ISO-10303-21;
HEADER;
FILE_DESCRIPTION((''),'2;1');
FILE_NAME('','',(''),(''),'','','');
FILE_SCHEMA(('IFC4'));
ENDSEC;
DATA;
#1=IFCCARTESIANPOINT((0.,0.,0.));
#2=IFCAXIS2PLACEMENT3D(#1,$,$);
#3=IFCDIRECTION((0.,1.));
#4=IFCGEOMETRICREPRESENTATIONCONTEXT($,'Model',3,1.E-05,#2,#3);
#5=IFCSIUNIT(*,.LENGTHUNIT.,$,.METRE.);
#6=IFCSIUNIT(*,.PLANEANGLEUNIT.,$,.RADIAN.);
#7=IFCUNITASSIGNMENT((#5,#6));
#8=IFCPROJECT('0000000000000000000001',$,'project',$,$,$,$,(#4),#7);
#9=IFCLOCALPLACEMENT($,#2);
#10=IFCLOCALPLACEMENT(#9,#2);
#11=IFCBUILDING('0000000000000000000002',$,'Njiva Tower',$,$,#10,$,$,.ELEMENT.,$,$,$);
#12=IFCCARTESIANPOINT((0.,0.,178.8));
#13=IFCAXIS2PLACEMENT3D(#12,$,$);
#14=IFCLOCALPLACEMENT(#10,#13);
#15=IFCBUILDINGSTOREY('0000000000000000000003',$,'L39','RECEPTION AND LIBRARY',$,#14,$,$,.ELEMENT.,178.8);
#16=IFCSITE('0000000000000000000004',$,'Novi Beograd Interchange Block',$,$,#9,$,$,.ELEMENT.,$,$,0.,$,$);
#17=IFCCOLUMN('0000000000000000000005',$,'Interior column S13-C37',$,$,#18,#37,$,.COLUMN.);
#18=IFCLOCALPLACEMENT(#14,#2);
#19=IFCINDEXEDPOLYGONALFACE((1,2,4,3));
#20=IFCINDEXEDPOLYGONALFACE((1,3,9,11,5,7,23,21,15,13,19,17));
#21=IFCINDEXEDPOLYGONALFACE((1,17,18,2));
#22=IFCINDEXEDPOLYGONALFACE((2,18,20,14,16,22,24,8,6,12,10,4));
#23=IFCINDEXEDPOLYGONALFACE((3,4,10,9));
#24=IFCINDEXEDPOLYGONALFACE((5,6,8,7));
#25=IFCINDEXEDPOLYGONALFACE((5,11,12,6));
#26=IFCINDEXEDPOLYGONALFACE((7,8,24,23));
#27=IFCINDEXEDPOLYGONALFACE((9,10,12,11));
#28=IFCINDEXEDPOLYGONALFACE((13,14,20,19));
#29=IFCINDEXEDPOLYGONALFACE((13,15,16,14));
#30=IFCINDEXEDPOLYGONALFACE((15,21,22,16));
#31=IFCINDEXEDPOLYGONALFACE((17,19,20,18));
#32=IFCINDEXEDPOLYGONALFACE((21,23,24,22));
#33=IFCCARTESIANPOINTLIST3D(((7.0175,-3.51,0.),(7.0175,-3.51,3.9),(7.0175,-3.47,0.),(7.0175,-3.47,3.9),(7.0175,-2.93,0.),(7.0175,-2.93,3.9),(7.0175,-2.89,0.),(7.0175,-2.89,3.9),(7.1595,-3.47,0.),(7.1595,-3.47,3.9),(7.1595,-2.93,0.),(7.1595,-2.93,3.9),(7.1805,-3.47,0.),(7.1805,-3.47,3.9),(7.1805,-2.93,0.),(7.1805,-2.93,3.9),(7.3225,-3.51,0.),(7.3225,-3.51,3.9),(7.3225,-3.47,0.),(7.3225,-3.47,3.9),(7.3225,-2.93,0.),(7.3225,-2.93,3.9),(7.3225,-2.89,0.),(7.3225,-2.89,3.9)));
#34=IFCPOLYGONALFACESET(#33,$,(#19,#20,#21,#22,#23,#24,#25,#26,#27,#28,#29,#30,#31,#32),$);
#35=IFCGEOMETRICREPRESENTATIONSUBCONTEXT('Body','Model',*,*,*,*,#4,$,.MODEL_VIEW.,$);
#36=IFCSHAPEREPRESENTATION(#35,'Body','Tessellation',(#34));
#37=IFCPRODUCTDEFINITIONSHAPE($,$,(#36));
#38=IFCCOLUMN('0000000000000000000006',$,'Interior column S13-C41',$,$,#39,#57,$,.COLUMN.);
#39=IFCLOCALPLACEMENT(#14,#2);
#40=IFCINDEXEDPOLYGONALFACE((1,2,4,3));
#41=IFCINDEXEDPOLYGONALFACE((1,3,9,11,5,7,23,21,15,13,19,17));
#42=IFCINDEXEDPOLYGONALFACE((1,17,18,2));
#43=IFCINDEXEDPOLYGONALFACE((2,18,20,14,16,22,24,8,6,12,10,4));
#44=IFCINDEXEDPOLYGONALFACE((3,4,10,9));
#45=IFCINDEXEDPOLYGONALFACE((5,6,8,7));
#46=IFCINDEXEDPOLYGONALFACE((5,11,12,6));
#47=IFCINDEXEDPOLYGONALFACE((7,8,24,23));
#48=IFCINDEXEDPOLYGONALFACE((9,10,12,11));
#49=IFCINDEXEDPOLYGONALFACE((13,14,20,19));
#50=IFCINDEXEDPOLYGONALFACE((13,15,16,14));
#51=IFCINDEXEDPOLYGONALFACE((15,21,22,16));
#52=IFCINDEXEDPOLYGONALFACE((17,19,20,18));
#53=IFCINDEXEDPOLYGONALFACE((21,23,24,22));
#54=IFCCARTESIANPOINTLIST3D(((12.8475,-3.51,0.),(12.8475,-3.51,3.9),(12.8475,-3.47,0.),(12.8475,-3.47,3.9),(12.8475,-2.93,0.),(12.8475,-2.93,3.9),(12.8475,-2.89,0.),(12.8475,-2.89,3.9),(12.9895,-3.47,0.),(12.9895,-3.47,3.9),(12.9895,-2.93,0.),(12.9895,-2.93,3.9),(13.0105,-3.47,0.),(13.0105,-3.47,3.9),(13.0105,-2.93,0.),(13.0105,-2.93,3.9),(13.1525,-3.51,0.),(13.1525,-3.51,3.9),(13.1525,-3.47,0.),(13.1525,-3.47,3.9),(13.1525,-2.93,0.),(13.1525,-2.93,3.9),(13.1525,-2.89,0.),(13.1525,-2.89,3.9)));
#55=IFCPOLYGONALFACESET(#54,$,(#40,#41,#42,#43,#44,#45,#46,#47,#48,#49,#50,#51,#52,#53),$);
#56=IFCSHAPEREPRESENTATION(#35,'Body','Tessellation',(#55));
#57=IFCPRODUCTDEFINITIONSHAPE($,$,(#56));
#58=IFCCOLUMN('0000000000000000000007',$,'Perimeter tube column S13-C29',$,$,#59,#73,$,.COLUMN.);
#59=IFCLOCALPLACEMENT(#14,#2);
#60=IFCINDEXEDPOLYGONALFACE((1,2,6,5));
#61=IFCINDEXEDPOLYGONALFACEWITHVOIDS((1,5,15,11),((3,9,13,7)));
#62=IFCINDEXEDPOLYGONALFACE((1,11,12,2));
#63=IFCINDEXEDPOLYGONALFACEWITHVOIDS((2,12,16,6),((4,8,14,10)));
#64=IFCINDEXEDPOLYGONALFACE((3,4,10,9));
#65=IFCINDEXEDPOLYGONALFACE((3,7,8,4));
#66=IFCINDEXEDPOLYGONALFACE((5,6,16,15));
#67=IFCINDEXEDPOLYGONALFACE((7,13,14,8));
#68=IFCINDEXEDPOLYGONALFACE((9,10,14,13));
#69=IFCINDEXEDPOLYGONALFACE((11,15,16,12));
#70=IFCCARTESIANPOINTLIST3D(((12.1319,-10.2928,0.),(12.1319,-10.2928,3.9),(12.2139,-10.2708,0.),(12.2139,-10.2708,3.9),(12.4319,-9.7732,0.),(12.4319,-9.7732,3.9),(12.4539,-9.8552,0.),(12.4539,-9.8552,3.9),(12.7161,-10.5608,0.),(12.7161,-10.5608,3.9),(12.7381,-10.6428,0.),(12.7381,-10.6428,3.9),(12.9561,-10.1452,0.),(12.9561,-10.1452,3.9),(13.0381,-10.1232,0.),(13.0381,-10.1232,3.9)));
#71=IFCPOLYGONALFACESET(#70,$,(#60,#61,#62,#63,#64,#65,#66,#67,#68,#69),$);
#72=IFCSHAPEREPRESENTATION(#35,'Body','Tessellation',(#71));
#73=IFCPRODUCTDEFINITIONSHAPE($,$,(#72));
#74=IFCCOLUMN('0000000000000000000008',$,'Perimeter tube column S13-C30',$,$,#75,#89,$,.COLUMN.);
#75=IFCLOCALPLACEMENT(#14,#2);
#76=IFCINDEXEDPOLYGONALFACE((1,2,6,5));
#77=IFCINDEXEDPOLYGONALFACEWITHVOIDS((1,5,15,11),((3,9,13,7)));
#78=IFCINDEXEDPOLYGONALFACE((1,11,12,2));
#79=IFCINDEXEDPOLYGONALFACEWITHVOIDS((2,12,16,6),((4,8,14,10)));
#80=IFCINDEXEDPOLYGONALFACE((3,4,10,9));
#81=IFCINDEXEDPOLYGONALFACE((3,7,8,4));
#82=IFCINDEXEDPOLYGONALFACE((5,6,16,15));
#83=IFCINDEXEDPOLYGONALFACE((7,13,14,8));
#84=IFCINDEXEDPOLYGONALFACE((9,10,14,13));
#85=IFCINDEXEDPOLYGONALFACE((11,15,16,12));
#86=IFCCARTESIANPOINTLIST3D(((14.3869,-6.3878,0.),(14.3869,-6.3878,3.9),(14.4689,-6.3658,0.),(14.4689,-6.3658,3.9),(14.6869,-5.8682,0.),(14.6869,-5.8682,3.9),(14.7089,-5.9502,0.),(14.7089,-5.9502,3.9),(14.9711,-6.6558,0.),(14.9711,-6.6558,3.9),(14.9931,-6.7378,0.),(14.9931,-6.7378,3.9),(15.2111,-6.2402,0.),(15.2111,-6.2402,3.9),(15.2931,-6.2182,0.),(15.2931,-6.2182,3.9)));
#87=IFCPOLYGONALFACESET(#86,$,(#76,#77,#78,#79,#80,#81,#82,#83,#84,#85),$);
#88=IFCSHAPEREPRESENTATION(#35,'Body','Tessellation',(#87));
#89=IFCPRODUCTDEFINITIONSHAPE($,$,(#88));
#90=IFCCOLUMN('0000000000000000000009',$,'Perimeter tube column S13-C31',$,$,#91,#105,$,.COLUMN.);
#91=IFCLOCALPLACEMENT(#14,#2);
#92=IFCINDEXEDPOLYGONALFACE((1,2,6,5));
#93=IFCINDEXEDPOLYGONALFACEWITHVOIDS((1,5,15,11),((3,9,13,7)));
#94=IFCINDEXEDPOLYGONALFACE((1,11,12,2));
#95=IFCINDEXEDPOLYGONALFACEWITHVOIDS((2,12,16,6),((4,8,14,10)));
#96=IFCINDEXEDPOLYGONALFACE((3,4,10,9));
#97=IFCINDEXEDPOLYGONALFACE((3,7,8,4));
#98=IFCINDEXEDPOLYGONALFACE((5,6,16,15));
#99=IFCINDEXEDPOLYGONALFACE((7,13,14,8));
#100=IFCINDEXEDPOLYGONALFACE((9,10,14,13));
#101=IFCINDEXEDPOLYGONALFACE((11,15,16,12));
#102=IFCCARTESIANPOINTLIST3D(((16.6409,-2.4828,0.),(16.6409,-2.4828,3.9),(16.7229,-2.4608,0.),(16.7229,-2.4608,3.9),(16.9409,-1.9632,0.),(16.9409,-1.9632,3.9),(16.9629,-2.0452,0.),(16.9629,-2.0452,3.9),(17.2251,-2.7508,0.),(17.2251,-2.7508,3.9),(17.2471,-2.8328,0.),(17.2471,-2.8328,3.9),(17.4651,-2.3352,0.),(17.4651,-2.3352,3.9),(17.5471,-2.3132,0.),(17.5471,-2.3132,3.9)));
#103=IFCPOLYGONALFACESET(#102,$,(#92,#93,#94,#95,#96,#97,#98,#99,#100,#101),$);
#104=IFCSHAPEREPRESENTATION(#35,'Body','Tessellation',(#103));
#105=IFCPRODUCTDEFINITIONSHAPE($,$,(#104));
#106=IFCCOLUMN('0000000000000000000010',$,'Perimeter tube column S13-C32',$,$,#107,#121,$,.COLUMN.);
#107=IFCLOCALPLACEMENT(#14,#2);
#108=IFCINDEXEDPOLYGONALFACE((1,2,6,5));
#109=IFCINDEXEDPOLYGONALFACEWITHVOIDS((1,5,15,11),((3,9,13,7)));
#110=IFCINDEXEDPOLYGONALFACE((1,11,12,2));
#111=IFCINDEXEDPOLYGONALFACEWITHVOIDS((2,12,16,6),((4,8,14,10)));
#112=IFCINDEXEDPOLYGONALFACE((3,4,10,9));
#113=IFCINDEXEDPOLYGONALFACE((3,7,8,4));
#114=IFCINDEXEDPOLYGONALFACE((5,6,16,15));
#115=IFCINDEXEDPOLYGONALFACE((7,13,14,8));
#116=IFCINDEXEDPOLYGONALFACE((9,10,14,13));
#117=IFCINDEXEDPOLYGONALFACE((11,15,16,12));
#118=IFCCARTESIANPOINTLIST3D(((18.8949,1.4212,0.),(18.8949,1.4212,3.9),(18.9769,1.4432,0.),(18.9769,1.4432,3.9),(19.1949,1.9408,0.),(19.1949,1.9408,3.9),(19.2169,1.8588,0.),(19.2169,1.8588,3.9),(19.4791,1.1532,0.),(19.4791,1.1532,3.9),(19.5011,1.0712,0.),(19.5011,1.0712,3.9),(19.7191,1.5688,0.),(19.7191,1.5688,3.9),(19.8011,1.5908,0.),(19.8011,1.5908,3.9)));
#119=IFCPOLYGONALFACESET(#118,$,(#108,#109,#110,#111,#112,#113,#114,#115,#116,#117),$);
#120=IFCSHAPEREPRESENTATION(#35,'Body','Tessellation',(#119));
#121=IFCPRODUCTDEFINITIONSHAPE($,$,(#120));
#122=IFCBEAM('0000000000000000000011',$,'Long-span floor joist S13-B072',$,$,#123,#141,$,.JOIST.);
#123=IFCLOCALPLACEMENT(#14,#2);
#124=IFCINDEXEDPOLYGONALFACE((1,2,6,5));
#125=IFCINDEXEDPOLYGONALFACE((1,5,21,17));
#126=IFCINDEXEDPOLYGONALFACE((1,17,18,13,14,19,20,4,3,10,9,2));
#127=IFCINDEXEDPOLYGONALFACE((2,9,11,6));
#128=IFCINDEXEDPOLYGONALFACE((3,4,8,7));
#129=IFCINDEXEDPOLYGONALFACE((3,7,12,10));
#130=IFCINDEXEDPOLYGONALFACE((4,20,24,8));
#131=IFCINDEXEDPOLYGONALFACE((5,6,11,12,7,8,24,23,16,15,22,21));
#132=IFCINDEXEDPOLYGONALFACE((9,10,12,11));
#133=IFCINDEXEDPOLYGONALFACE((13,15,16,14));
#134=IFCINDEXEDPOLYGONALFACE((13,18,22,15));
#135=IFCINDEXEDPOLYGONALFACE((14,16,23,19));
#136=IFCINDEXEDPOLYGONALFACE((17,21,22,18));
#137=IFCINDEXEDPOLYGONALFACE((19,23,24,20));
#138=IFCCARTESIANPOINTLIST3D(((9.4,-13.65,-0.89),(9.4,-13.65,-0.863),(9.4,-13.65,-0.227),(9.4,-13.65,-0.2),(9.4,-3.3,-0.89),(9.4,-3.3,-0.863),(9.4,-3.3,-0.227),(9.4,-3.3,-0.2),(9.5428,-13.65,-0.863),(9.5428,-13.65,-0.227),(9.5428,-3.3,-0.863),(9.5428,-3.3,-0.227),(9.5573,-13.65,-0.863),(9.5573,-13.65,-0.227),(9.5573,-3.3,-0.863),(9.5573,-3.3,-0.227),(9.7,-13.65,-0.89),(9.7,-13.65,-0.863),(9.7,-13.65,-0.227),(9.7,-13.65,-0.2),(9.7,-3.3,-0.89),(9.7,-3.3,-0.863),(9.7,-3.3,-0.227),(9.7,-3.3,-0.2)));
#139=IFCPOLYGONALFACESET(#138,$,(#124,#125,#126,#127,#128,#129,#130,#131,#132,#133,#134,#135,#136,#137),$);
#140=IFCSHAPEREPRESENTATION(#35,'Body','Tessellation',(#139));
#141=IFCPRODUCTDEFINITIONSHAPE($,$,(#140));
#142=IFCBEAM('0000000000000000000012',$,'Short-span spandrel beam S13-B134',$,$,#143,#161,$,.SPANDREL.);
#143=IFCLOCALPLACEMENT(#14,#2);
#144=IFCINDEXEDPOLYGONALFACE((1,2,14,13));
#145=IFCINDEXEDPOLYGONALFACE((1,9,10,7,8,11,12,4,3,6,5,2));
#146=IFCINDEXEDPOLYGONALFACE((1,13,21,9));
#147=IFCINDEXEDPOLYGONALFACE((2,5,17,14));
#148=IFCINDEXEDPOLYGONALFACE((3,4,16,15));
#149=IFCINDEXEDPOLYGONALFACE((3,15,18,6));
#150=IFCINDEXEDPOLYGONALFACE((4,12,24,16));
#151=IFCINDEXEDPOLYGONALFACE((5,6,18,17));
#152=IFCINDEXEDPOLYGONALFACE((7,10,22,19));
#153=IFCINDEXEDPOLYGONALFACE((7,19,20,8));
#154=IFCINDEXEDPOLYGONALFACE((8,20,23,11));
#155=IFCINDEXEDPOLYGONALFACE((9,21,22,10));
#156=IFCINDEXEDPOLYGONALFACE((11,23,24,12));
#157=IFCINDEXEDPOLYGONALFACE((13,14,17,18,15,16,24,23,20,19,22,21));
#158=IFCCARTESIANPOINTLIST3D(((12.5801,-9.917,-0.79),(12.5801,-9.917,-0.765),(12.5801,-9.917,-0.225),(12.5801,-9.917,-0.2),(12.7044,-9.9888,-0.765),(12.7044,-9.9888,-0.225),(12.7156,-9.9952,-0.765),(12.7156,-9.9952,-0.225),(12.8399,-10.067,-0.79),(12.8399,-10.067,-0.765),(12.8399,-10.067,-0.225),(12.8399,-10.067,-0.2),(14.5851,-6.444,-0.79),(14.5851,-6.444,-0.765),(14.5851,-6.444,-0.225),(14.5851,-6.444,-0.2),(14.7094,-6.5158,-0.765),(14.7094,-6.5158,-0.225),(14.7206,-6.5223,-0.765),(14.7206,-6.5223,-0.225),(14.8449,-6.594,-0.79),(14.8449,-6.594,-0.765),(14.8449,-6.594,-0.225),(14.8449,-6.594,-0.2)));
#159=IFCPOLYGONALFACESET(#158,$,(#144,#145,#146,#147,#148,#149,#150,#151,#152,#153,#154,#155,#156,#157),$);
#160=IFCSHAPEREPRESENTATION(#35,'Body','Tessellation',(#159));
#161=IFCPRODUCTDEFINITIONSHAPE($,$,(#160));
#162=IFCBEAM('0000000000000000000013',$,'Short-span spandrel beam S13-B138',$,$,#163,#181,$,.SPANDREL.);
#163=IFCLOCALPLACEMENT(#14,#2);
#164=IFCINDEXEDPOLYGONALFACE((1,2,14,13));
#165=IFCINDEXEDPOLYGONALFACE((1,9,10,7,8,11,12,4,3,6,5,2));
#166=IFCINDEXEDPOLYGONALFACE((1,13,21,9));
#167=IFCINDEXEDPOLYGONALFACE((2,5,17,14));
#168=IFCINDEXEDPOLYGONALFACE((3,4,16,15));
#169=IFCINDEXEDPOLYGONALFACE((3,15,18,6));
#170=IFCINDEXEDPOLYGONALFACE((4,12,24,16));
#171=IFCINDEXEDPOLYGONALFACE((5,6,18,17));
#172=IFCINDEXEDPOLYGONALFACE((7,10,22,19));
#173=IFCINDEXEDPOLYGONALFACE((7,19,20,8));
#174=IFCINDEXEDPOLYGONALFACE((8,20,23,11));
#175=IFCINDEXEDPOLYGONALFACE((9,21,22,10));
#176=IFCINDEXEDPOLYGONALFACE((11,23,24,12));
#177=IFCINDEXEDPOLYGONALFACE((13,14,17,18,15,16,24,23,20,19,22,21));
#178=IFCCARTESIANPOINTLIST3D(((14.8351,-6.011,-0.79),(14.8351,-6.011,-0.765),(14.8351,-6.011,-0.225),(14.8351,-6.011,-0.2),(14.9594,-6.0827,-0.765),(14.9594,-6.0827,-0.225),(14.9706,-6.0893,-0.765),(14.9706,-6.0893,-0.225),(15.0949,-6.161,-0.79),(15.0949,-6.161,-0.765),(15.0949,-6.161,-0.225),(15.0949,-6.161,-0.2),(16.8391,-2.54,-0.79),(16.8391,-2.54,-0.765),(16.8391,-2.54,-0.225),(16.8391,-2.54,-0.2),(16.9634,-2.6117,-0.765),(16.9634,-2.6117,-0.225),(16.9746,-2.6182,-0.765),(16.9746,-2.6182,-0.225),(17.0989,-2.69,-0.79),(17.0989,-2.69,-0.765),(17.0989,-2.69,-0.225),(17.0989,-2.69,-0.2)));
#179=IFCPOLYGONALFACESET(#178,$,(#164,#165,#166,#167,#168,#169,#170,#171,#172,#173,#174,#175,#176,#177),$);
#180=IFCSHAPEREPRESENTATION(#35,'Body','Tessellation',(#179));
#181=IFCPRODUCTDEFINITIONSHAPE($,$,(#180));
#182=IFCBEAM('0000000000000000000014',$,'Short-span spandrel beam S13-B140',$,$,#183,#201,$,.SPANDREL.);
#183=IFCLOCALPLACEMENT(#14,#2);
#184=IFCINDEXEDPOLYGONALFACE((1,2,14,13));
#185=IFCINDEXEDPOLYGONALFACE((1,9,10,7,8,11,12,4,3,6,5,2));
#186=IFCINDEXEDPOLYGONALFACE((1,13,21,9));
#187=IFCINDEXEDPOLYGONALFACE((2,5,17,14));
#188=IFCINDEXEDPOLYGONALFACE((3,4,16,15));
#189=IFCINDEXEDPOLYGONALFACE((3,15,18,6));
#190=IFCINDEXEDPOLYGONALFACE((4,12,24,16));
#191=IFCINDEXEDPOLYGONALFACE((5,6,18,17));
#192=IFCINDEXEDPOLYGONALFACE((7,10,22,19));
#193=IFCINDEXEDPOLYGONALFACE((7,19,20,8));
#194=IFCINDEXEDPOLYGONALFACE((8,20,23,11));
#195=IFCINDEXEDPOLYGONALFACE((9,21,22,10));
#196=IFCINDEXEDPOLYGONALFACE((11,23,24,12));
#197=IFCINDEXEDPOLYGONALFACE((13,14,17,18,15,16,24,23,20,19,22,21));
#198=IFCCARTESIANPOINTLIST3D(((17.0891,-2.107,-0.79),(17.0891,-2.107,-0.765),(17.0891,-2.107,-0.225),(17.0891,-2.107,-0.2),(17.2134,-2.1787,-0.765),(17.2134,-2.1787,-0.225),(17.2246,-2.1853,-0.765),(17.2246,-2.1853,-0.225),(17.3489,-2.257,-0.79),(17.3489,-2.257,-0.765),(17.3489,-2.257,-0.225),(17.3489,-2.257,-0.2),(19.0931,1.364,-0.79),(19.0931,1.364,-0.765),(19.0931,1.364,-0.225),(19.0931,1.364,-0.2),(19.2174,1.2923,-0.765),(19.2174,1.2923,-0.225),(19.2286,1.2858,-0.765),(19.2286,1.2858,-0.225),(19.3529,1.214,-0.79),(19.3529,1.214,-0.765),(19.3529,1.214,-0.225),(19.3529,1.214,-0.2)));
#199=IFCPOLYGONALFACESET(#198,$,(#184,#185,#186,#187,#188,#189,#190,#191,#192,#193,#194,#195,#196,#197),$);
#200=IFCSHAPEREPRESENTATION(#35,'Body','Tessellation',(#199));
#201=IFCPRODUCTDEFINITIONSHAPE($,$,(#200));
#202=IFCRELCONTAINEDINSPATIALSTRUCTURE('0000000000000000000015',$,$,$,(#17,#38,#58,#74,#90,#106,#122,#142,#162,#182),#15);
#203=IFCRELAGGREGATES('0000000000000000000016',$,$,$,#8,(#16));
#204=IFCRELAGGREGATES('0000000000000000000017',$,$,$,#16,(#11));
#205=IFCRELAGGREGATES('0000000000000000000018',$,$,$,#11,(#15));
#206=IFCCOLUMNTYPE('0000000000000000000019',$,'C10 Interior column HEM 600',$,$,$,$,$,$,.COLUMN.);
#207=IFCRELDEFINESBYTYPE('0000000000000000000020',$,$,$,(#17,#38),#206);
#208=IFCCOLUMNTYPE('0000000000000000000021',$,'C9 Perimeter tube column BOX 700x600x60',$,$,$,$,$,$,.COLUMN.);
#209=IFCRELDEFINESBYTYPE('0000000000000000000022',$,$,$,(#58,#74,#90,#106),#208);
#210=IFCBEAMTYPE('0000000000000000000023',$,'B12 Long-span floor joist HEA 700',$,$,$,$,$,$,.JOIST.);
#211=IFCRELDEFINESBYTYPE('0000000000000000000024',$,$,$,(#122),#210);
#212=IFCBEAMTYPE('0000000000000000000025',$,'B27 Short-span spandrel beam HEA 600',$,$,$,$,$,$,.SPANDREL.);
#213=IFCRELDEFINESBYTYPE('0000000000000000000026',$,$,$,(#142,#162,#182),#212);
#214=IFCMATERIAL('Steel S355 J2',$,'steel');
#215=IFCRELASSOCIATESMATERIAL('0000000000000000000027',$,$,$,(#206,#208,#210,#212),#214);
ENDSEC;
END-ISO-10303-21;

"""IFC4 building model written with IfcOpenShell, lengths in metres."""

from ifc_helpers import new_model, si_unit, direction, frame, origin, origin_2d, place, context, subcontext, project, spatial, hollow_rectangle, i_section, extrude, material, material_profile, profile_set, type_object, element, save


model = new_model("IFC4")

# Units and contexts
model_context = context("Model", 3, precision=1e-05, world=origin(), true_north=direction((0.0, 1.0)))
body_context = subcontext(model_context, "Body", "Model", "MODEL_VIEW")
ifc_project = project(units=[si_unit("LENGTHUNIT", "METRE"), si_unit("PLANEANGLEUNIT", "RADIAN")], contexts=[model_context])

# Site, building, storey
site_placement = place(None, origin())
site = spatial("IfcSite", under=ifc_project, at=site_placement, Name="Novi Beograd Interchange Block", CompositionType="ELEMENT", RefElevation=0.0)
building_placement = place(site_placement, origin())
building = spatial("IfcBuilding", under=site, at=building_placement, Name="Njiva Tower", CompositionType="ELEMENT")
storey_placement = place(building_placement, frame((0.0, 0.0, 178.8)))
storey = spatial("IfcBuildingStorey", under=building, at=storey_placement, Name="L39", Description="RECEPTION AND LIBRARY", CompositionType="ELEMENT", Elevation=178.8)

# Columns
ifc_material_1 = material(Name="Steel S355 J2", Category="steel")
ifc_material_profile_1 = material_profile(ifc_material_1, i_section(OverallWidth=0.305, OverallDepth=0.62, WebThickness=0.021, FlangeThickness=0.04, at=origin_2d()), Name="HEM 600")
ifc_profile_set_1 = profile_set([ifc_material_profile_1], Name="Steel S355 J2")
column_type_1 = type_object("IfcColumnType", Name="C10 Interior column HEM 600", PredefinedType="COLUMN", material=ifc_profile_set_1)
for number, where, z_axis, x_axis, name in (
    (1, (7.17, -3.2, 0.0), (0.0, 0.0, 1.0), (1.0, 0.0, 0.0), "Interior column S13-C37"),
    (2, (13.0, -3.2, 0.0), (0.0, 0.0, 1.0), (1.0, 0.0, 0.0), "Interior column S13-C41"),
):
    element("IfcColumn", number, at=place(storey_placement, frame(where, z_axis=z_axis, x_axis=x_axis)), inside=storey, type_object=column_type_1, Name=name, PredefinedType="COLUMN", context=body_context, shape_type="SweptSolid", body=[
        extrude(i_section(OverallWidth=0.305, OverallDepth=0.62, WebThickness=0.021, FlangeThickness=0.04, at=origin_2d()), origin(), (0.0, 0.0, 1.0), 3.9),
    ])
ifc_material_profile_2 = material_profile(ifc_material_1, hollow_rectangle(XDim=0.6, YDim=0.7, WallThickness=0.06, at=origin_2d()), Name="BOX 700x600x60")
ifc_profile_set_2 = profile_set([ifc_material_profile_2], Name="Steel S355 J2")
column_type_2 = type_object("IfcColumnType", Name="C9 Perimeter tube column BOX 700x600x60", PredefinedType="COLUMN", material=ifc_profile_set_2)
for number, where, z_axis, x_axis, name in (
    (3, (12.585, -10.208, 0.0), (0.0, 0.0, 1.0), (0.5, 0.866025, 0.0), "Perimeter tube column S13-C29"),
    (4, (14.84, -6.303, 0.0), (0.0, 0.0, 1.0), (0.5, 0.866025, 0.0), "Perimeter tube column S13-C30"),
    (5, (17.094, -2.398, 0.0), (0.0, 0.0, 1.0), (0.5, 0.866025, 0.0), "Perimeter tube column S13-C31"),
    (6, (19.348, 1.506, 0.0), (0.0, 0.0, 1.0), (0.5, 0.866025, 0.0), "Perimeter tube column S13-C32"),
):
    element("IfcColumn", number, at=place(storey_placement, frame(where, z_axis=z_axis, x_axis=x_axis)), inside=storey, type_object=column_type_2, Name=name, PredefinedType="COLUMN", context=body_context, shape_type="SweptSolid", body=[
        extrude(hollow_rectangle(XDim=0.6, YDim=0.7, WallThickness=0.06, at=origin_2d()), origin(), (0.0, 0.0, 1.0), 3.9),
    ])

# Beams
ifc_material_profile_3 = material_profile(ifc_material_1, i_section(OverallWidth=0.3, OverallDepth=0.69, WebThickness=0.0145, FlangeThickness=0.027, at=origin_2d()), Name="HEA 700")
ifc_profile_set_3 = profile_set([ifc_material_profile_3], Name="Steel S355 J2")
beam_type_1 = type_object("IfcBeamType", Name="B12 Long-span floor joist HEA 700", PredefinedType="JOIST", material=ifc_profile_set_3)
beam_1_placement = place(storey_placement, frame((9.55, -3.3, -0.545), z_axis=(0.0, -1.0, 0.0), x_axis=(1.0, 0.0, 0.0)))
element("IfcBeam", 7, at=beam_1_placement, inside=storey, type_object=beam_type_1, Name="Long-span floor joist S13-B072", PredefinedType="JOIST", context=body_context, shape_type="SweptSolid", body=[
    extrude(i_section(OverallWidth=0.3, OverallDepth=0.69, WebThickness=0.0145, FlangeThickness=0.027, at=origin_2d()), origin(), (0.0, 0.0, 1.0), 10.35),
])
ifc_material_profile_4 = material_profile(ifc_material_1, i_section(OverallWidth=0.3, OverallDepth=0.59, WebThickness=0.013, FlangeThickness=0.025, at=origin_2d()), Name="HEA 600")
ifc_profile_set_4 = profile_set([ifc_material_profile_4], Name="Steel S355 J2")
beam_type_2 = type_object("IfcBeamType", Name="B27 Short-span spandrel beam HEA 600", PredefinedType="SPANDREL", material=ifc_profile_set_4)
beam_2_placement = place(storey_placement, frame((12.71, -9.992, -0.495), z_axis=(0.499974, 0.86604, 0.0), x_axis=(-0.86604, 0.499974, 0.0)))
element("IfcBeam", 8, at=beam_2_placement, inside=storey, type_object=beam_type_2, Name="Short-span spandrel beam S13-B134", PredefinedType="SPANDREL", context=body_context, shape_type="SweptSolid", body=[
    extrude(i_section(OverallWidth=0.3, OverallDepth=0.59, WebThickness=0.013, FlangeThickness=0.025, at=origin_2d()), origin(), (0.0, 0.0, 1.0), 4.0102),
])
for number, where, z_axis, x_axis, name in (
    (9, (14.965, -6.086, -0.495), (0.500003, 0.866024, 0.0), (-0.866024, 0.500003, 0.0), "Short-span spandrel beam S13-B138"),
    (10, (17.219, -2.182, -0.495), (0.500003, 0.866024, 0.0), (-0.866024, 0.500003, 0.0), "Short-span spandrel beam S13-B140"),
):
    element("IfcBeam", number, at=place(storey_placement, frame(where, z_axis=z_axis, x_axis=x_axis)), inside=storey, type_object=beam_type_2, Name=name, PredefinedType="SPANDREL", context=body_context, shape_type="SweptSolid", body=[
        extrude(i_section(OverallWidth=0.3, OverallDepth=0.59, WebThickness=0.013, FlangeThickness=0.025, at=origin_2d()), origin(), (0.0, 0.0, 1.0), 4.008),
    ])

save(model, "model.ifc")
